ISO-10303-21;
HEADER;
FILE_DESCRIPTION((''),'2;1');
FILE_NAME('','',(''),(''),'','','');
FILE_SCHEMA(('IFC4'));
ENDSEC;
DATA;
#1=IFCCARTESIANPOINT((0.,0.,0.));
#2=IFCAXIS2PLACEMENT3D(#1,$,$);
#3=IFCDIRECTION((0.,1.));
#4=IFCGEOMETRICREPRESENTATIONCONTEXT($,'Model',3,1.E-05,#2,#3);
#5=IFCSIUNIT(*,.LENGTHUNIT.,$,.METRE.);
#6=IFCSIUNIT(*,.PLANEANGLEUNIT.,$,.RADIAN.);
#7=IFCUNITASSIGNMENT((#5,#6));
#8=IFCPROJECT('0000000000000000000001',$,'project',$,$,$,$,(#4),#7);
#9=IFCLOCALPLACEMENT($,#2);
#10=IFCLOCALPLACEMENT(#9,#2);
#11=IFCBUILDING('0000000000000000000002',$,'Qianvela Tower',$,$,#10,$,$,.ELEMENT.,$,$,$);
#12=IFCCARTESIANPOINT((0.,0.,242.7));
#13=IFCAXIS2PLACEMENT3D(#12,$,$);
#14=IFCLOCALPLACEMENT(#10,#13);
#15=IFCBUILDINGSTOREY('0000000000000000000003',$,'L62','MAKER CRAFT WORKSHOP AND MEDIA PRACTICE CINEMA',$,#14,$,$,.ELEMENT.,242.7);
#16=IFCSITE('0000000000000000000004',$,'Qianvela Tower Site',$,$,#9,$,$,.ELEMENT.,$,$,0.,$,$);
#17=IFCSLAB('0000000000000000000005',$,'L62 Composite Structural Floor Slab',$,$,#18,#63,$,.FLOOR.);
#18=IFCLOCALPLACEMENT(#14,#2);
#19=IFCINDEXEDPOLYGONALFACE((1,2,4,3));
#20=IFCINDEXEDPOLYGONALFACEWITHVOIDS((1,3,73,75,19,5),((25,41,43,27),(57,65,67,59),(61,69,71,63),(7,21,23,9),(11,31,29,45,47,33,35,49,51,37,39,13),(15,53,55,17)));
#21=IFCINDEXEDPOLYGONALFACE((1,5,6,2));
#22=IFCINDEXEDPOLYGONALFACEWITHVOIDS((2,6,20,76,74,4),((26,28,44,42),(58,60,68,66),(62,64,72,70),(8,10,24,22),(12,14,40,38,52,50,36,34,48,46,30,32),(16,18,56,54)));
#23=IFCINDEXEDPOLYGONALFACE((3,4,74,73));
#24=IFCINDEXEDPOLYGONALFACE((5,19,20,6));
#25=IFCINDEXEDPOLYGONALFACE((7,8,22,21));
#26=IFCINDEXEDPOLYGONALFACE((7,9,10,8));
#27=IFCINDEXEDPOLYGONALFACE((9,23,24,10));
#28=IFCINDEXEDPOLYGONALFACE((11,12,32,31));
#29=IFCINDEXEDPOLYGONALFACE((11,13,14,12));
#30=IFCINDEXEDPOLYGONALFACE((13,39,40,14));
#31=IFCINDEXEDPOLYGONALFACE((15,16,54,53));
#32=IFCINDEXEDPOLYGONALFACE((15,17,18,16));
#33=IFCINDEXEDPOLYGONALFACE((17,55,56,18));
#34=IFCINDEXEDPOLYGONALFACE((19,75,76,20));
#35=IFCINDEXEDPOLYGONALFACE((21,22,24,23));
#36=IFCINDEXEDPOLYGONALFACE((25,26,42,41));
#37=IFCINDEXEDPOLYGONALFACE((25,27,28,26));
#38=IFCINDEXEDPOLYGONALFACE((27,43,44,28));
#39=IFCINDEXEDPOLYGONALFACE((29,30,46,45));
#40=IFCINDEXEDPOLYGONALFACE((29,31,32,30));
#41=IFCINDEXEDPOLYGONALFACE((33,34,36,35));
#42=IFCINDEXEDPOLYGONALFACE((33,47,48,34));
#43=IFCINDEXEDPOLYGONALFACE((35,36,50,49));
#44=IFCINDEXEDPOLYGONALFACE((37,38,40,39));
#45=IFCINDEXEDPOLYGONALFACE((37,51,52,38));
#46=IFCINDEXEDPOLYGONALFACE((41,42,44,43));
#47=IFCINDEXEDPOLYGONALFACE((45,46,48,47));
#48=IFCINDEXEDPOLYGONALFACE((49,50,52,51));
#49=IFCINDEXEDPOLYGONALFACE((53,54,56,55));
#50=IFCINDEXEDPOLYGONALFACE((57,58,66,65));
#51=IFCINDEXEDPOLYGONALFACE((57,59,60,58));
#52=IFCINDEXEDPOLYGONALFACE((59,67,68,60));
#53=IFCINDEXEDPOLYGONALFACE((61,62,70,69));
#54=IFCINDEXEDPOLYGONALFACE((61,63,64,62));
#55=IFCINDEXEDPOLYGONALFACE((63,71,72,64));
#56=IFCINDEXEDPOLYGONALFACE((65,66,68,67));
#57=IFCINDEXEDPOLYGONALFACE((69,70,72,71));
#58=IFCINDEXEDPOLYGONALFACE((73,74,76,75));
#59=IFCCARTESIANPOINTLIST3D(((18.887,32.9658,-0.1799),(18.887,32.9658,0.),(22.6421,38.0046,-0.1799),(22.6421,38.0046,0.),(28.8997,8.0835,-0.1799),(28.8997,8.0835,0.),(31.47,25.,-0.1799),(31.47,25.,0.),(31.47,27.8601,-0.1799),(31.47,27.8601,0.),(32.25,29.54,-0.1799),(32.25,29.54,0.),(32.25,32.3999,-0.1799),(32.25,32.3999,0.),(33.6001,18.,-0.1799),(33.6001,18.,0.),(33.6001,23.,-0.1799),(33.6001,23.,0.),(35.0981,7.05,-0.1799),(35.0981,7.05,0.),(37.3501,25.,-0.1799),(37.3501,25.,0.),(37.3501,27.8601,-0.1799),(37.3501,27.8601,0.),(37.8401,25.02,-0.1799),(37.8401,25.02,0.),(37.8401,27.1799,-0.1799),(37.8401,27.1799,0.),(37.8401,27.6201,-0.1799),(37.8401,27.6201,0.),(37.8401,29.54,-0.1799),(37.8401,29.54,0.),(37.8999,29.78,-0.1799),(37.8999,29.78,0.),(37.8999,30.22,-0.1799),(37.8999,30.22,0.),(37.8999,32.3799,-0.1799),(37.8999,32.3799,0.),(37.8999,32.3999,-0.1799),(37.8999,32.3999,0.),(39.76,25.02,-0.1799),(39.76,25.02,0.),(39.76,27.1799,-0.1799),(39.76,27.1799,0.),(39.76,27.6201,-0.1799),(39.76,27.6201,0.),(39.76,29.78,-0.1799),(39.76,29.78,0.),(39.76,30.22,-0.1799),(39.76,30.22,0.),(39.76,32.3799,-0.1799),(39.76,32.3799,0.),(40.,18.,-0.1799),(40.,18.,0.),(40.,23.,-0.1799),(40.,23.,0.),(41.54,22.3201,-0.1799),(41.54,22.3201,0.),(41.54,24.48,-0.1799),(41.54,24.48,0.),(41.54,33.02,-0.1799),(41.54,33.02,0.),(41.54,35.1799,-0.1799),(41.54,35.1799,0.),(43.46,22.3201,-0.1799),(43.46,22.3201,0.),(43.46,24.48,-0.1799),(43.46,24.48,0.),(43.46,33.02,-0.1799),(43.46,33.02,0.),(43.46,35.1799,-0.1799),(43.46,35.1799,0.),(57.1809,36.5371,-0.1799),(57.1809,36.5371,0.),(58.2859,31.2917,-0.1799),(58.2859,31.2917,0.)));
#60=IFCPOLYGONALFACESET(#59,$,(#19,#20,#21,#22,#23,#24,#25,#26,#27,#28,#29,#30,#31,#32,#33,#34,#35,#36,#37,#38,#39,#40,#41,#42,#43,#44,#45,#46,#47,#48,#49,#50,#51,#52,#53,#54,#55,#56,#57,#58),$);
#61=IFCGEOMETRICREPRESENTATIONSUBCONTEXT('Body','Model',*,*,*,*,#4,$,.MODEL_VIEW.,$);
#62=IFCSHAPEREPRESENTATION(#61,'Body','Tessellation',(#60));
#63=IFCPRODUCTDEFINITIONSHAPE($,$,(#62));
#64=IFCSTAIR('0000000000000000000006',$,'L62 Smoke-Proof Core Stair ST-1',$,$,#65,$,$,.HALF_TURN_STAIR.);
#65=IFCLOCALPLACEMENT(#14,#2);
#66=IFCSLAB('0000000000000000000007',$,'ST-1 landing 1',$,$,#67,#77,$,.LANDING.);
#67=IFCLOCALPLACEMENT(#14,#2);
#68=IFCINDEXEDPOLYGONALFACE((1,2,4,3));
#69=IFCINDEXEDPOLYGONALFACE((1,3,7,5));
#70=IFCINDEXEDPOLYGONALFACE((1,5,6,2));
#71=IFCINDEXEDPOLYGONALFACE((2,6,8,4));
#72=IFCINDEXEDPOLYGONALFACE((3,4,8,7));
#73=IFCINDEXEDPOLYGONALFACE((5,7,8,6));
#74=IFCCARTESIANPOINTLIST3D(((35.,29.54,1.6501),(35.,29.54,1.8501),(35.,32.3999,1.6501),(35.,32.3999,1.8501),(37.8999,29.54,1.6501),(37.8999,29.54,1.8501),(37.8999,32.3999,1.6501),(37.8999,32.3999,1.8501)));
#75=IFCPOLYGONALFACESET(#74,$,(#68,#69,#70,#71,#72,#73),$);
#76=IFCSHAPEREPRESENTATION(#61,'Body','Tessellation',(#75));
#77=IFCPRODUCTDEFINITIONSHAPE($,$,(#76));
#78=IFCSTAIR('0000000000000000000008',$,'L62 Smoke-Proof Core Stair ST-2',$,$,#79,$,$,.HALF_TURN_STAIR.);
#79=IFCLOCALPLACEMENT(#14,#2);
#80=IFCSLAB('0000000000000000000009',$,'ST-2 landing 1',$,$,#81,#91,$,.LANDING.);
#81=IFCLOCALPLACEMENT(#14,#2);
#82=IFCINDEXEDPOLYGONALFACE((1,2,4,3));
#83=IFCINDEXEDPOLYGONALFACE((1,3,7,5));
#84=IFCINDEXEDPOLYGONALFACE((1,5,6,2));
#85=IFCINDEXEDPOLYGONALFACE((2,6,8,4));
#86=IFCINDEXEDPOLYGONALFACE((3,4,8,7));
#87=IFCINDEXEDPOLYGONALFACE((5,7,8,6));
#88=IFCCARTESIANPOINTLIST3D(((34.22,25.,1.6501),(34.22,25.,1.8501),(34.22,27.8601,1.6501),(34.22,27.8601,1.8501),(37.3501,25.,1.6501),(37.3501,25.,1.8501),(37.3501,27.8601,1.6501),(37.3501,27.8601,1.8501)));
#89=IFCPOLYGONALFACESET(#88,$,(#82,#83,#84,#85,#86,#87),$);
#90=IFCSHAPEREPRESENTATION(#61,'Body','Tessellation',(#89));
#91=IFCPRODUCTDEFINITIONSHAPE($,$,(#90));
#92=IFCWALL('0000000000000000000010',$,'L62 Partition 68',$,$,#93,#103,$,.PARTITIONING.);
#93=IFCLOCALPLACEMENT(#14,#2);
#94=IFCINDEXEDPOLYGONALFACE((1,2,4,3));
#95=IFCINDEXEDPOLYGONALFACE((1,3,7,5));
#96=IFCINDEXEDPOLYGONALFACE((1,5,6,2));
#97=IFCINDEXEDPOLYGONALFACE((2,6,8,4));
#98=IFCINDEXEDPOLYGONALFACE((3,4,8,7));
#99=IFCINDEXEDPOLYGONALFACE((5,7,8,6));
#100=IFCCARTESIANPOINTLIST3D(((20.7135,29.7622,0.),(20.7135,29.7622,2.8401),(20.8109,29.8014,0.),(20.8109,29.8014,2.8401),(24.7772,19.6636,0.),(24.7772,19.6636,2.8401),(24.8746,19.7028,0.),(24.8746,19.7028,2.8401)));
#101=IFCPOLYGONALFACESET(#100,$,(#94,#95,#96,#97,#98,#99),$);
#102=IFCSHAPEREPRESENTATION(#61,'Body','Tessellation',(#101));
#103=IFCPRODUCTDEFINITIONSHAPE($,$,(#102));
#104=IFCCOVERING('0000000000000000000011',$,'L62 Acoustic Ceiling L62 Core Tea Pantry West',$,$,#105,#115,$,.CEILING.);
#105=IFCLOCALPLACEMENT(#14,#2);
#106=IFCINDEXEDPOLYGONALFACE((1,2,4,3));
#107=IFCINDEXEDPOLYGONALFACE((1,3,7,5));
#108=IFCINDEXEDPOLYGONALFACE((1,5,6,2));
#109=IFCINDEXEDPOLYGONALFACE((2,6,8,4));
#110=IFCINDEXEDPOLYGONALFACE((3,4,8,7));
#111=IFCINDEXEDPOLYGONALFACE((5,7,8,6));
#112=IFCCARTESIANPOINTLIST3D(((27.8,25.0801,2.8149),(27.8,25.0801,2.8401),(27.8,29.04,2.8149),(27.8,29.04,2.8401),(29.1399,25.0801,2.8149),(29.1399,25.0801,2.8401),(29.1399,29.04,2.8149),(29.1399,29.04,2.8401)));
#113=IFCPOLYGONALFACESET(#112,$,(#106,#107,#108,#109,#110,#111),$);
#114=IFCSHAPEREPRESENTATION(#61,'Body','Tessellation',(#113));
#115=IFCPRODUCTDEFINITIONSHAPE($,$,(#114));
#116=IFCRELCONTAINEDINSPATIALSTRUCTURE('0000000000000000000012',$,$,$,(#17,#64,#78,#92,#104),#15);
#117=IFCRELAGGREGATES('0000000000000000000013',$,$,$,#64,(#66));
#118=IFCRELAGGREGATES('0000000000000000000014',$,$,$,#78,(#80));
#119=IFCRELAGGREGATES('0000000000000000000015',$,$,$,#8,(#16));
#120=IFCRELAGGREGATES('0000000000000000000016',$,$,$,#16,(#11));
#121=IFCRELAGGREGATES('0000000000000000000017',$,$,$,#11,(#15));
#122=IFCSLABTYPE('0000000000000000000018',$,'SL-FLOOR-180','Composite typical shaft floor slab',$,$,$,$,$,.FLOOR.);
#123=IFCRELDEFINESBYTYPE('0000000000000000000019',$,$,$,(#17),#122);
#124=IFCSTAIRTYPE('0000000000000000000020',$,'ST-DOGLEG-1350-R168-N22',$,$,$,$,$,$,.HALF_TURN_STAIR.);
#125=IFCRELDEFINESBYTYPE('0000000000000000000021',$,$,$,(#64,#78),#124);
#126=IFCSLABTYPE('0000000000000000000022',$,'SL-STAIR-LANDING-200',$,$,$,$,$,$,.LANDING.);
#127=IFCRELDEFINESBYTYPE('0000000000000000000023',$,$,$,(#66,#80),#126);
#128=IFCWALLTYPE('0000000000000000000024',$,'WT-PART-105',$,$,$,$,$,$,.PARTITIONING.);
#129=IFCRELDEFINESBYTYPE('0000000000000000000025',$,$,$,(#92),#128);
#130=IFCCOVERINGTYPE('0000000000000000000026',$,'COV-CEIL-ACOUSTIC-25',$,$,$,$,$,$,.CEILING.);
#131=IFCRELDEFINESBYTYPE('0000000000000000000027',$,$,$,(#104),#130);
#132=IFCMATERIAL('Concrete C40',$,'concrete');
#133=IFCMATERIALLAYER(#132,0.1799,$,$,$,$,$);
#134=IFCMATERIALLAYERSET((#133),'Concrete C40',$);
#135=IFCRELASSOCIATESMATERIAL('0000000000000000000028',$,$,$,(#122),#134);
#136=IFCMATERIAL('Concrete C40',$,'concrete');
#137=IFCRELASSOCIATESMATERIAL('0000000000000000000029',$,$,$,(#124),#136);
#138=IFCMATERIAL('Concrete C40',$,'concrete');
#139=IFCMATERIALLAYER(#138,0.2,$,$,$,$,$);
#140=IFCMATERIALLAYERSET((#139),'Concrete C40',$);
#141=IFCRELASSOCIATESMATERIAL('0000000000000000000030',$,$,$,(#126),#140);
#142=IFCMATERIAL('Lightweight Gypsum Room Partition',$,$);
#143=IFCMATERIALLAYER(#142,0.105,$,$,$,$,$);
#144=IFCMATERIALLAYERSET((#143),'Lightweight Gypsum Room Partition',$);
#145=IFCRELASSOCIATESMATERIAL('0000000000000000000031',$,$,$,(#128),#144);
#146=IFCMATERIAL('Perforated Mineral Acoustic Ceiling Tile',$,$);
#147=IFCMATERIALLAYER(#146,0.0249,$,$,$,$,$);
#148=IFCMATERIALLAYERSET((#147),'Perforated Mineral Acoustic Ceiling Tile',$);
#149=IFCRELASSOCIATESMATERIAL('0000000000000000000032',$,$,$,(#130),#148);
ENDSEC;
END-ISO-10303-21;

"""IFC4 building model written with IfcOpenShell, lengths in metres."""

from ifc_helpers import new_model, si_unit, direction, frame, frame_2d, origin, place, context, subcontext, project, spatial, polyline, rectangle, outline, extrude, material, layer, layer_set, type_object, element, aggregate, save


model = new_model("IFC4")

# Units and contexts
model_context = context("Model", 3, precision=1e-05, world=origin(), true_north=direction((0.0, 1.0)))
body_context = subcontext(model_context, "Body", "Model", "MODEL_VIEW")
ifc_project = project(units=[si_unit("LENGTHUNIT", "METRE"), si_unit("PLANEANGLEUNIT", "RADIAN")], contexts=[model_context])

# Site, building, storey
site_placement = place(None, origin())
site = spatial("IfcSite", under=ifc_project, at=site_placement, Name="Qianvela Tower Site", CompositionType="ELEMENT", RefElevation=0.0)
building_placement = place(site_placement, origin())
building = spatial("IfcBuilding", under=site, at=building_placement, Name="Qianvela Tower", CompositionType="ELEMENT")
storey_placement = place(building_placement, frame((0.0, 0.0, 242.7)))
storey = spatial("IfcBuildingStorey", under=building, at=storey_placement, Name="L62", Description="MAKER CRAFT WORKSHOP AND MEDIA PRACTICE CINEMA", CompositionType="ELEMENT", Elevation=242.7)

# Slab
ifc_material_1 = material(Name="Concrete C40", Category="concrete")
ifc_layer_1 = layer(ifc_material_1, 0.1799)
ifc_layer_set_1 = layer_set([ifc_layer_1], Name="Concrete C40")
slab_type_1 = type_object("IfcSlabType", Name="SL-FLOOR-180", Description="Composite typical shaft floor slab", PredefinedType="FLOOR", material=ifc_layer_set_1)
slab_1_placement = place(storey_placement, frame((0.0, 0.0, -0.1799)))
element("IfcSlab", 1, at=slab_1_placement, inside=storey, type_object=slab_type_1, Name="L62 Composite Structural Floor Slab", PredefinedType="FLOOR", context=body_context, shape_type="SweptSolid", body=[
    extrude(outline(polyline([(58.2859, 31.2917), (57.1809, 36.5371), (22.6421, 38.0046), (18.887, 32.9658), (28.8997, 8.0835), (35.0981, 7.05), (58.2859, 31.2917)]), holes=[polyline([(40.0, 23.0), (33.6001, 23.0), (33.6001, 18.0), (40.0, 18.0), (40.0, 23.0)]), polyline([(43.46, 24.48), (41.54, 24.48), (41.54, 22.3201), (43.46, 22.3201), (43.46, 24.48)]), polyline([(39.76, 27.1799), (37.8401, 27.1799), (37.8401, 25.02), (39.76, 25.02), (39.76, 27.1799)]), polyline([(37.3501, 27.8601), (31.47, 27.8601), (31.47, 25.0), (37.3501, 25.0), (37.3501, 27.8601)]), polyline([(39.76, 27.6201), (39.76, 29.78), (37.8999, 29.78), (37.8999, 30.22), (39.76, 30.22), (39.76, 32.3799), (37.8999, 32.3799), (37.8999, 32.3999), (32.25, 32.3999), (32.25, 29.54), (37.8401, 29.54), (37.8401, 27.6201), (39.76, 27.6201)]), polyline([(43.46, 35.1799), (41.54, 35.1799), (41.54, 33.02), (43.46, 33.02), (43.46, 35.1799)])]), origin(), (0.0, 0.0, 1.0), 0.1799),
])

# Stairs, slabs
ifc_material_2 = material(Name="Concrete C40", Category="concrete")
stair_type = type_object("IfcStairType", Name="ST-DOGLEG-1350-R168-N22", PredefinedType="HALF_TURN_STAIR", material=ifc_material_2)
stair_1_placement = place(storey_placement, origin())
stair_1 = element("IfcStair", 2, at=stair_1_placement, inside=storey, type_object=stair_type, Name="L62 Smoke-Proof Core Stair ST-1", PredefinedType="HALF_TURN_STAIR")
ifc_material_3 = material(Name="Concrete C40", Category="concrete")
ifc_layer_2 = layer(ifc_material_3, 0.2)
ifc_layer_set_2 = layer_set([ifc_layer_2], Name="Concrete C40")
slab_type_2 = type_object("IfcSlabType", Name="SL-STAIR-LANDING-200", PredefinedType="LANDING", material=ifc_layer_set_2)
slab_2_placement = place(storey_placement, frame((0.0, 0.0, 1.6501)))
slab_2 = element("IfcSlab", 3, at=slab_2_placement, type_object=slab_type_2, Name="ST-1 landing 1", PredefinedType="LANDING", context=body_context, shape_type="SweptSolid", body=[
    extrude(outline(polyline([(35.0, 29.54), (37.8999, 29.54), (37.8999, 32.3999), (35.0, 32.3999), (35.0, 29.54)])), origin(), (0.0, 0.0, 1.0), 0.2),
])
aggregate(stair_1, [slab_2])
stair_2_placement = place(storey_placement, origin())
stair_2 = element("IfcStair", 4, at=stair_2_placement, inside=storey, type_object=stair_type, Name="L62 Smoke-Proof Core Stair ST-2", PredefinedType="HALF_TURN_STAIR")
slab_3_placement = place(storey_placement, frame((0.0, 0.0, 1.6501)))
slab_3 = element("IfcSlab", 5, at=slab_3_placement, type_object=slab_type_2, Name="ST-2 landing 1", PredefinedType="LANDING", context=body_context, shape_type="SweptSolid", body=[
    extrude(outline(polyline([(34.22, 25.0), (37.3501, 25.0), (37.3501, 27.8601), (34.22, 27.8601), (34.22, 25.0)])), origin(), (0.0, 0.0, 1.0), 0.2),
])
aggregate(stair_2, [slab_3])

# Wall
ifc_material_4 = material(Name="Lightweight Gypsum Room Partition")
ifc_layer_3 = layer(ifc_material_4, 0.105)
ifc_layer_set_3 = layer_set([ifc_layer_3], Name="Lightweight Gypsum Room Partition")
wall_type = type_object("IfcWallType", Name="WT-PART-105", PredefinedType="PARTITIONING", material=ifc_layer_set_3)
wall_placement = place(storey_placement, frame((24.8259, 19.6831, 0.0), z_axis=(0.0, 0.0, 1.0), x_axis=(-0.373312, 0.927706, 0.0)))
element("IfcWall", 6, at=wall_placement, inside=storey, type_object=wall_type, Name="L62 Partition 68", PredefinedType="PARTITIONING", context=body_context, shape_type="SweptSolid", body=[
    extrude(rectangle(XDim=10.8855, YDim=0.105, at=frame_2d((5.4429, 0.0))), origin(), (0.0, 0.0, 1.0), 2.8401),
])

# Covering
ifc_material_5 = material(Name="Perforated Mineral Acoustic Ceiling Tile")
ifc_layer_4 = layer(ifc_material_5, 0.0249)
ifc_layer_set_4 = layer_set([ifc_layer_4], Name="Perforated Mineral Acoustic Ceiling Tile")
covering_type_1 = type_object("IfcCoveringType", Name="COV-CEIL-ACOUSTIC-25", PredefinedType="CEILING", material=ifc_layer_set_4)
covering_1_placement = place(storey_placement, frame((0.0, 0.0, 2.8149)))
element("IfcCovering", 7, at=covering_1_placement, inside=storey, type_object=covering_type_1, Name="L62 Acoustic Ceiling L62 Core Tea Pantry West", PredefinedType="CEILING", context=body_context, shape_type="SweptSolid", body=[
    extrude(outline(polyline([(27.8, 25.0801), (27.8, 29.04), (29.1399, 29.04), (29.1399, 25.0801), (27.8, 25.0801)])), origin(), (0.0, 0.0, 1.0), 0.0251),
])

save(model, "model.ifc")
